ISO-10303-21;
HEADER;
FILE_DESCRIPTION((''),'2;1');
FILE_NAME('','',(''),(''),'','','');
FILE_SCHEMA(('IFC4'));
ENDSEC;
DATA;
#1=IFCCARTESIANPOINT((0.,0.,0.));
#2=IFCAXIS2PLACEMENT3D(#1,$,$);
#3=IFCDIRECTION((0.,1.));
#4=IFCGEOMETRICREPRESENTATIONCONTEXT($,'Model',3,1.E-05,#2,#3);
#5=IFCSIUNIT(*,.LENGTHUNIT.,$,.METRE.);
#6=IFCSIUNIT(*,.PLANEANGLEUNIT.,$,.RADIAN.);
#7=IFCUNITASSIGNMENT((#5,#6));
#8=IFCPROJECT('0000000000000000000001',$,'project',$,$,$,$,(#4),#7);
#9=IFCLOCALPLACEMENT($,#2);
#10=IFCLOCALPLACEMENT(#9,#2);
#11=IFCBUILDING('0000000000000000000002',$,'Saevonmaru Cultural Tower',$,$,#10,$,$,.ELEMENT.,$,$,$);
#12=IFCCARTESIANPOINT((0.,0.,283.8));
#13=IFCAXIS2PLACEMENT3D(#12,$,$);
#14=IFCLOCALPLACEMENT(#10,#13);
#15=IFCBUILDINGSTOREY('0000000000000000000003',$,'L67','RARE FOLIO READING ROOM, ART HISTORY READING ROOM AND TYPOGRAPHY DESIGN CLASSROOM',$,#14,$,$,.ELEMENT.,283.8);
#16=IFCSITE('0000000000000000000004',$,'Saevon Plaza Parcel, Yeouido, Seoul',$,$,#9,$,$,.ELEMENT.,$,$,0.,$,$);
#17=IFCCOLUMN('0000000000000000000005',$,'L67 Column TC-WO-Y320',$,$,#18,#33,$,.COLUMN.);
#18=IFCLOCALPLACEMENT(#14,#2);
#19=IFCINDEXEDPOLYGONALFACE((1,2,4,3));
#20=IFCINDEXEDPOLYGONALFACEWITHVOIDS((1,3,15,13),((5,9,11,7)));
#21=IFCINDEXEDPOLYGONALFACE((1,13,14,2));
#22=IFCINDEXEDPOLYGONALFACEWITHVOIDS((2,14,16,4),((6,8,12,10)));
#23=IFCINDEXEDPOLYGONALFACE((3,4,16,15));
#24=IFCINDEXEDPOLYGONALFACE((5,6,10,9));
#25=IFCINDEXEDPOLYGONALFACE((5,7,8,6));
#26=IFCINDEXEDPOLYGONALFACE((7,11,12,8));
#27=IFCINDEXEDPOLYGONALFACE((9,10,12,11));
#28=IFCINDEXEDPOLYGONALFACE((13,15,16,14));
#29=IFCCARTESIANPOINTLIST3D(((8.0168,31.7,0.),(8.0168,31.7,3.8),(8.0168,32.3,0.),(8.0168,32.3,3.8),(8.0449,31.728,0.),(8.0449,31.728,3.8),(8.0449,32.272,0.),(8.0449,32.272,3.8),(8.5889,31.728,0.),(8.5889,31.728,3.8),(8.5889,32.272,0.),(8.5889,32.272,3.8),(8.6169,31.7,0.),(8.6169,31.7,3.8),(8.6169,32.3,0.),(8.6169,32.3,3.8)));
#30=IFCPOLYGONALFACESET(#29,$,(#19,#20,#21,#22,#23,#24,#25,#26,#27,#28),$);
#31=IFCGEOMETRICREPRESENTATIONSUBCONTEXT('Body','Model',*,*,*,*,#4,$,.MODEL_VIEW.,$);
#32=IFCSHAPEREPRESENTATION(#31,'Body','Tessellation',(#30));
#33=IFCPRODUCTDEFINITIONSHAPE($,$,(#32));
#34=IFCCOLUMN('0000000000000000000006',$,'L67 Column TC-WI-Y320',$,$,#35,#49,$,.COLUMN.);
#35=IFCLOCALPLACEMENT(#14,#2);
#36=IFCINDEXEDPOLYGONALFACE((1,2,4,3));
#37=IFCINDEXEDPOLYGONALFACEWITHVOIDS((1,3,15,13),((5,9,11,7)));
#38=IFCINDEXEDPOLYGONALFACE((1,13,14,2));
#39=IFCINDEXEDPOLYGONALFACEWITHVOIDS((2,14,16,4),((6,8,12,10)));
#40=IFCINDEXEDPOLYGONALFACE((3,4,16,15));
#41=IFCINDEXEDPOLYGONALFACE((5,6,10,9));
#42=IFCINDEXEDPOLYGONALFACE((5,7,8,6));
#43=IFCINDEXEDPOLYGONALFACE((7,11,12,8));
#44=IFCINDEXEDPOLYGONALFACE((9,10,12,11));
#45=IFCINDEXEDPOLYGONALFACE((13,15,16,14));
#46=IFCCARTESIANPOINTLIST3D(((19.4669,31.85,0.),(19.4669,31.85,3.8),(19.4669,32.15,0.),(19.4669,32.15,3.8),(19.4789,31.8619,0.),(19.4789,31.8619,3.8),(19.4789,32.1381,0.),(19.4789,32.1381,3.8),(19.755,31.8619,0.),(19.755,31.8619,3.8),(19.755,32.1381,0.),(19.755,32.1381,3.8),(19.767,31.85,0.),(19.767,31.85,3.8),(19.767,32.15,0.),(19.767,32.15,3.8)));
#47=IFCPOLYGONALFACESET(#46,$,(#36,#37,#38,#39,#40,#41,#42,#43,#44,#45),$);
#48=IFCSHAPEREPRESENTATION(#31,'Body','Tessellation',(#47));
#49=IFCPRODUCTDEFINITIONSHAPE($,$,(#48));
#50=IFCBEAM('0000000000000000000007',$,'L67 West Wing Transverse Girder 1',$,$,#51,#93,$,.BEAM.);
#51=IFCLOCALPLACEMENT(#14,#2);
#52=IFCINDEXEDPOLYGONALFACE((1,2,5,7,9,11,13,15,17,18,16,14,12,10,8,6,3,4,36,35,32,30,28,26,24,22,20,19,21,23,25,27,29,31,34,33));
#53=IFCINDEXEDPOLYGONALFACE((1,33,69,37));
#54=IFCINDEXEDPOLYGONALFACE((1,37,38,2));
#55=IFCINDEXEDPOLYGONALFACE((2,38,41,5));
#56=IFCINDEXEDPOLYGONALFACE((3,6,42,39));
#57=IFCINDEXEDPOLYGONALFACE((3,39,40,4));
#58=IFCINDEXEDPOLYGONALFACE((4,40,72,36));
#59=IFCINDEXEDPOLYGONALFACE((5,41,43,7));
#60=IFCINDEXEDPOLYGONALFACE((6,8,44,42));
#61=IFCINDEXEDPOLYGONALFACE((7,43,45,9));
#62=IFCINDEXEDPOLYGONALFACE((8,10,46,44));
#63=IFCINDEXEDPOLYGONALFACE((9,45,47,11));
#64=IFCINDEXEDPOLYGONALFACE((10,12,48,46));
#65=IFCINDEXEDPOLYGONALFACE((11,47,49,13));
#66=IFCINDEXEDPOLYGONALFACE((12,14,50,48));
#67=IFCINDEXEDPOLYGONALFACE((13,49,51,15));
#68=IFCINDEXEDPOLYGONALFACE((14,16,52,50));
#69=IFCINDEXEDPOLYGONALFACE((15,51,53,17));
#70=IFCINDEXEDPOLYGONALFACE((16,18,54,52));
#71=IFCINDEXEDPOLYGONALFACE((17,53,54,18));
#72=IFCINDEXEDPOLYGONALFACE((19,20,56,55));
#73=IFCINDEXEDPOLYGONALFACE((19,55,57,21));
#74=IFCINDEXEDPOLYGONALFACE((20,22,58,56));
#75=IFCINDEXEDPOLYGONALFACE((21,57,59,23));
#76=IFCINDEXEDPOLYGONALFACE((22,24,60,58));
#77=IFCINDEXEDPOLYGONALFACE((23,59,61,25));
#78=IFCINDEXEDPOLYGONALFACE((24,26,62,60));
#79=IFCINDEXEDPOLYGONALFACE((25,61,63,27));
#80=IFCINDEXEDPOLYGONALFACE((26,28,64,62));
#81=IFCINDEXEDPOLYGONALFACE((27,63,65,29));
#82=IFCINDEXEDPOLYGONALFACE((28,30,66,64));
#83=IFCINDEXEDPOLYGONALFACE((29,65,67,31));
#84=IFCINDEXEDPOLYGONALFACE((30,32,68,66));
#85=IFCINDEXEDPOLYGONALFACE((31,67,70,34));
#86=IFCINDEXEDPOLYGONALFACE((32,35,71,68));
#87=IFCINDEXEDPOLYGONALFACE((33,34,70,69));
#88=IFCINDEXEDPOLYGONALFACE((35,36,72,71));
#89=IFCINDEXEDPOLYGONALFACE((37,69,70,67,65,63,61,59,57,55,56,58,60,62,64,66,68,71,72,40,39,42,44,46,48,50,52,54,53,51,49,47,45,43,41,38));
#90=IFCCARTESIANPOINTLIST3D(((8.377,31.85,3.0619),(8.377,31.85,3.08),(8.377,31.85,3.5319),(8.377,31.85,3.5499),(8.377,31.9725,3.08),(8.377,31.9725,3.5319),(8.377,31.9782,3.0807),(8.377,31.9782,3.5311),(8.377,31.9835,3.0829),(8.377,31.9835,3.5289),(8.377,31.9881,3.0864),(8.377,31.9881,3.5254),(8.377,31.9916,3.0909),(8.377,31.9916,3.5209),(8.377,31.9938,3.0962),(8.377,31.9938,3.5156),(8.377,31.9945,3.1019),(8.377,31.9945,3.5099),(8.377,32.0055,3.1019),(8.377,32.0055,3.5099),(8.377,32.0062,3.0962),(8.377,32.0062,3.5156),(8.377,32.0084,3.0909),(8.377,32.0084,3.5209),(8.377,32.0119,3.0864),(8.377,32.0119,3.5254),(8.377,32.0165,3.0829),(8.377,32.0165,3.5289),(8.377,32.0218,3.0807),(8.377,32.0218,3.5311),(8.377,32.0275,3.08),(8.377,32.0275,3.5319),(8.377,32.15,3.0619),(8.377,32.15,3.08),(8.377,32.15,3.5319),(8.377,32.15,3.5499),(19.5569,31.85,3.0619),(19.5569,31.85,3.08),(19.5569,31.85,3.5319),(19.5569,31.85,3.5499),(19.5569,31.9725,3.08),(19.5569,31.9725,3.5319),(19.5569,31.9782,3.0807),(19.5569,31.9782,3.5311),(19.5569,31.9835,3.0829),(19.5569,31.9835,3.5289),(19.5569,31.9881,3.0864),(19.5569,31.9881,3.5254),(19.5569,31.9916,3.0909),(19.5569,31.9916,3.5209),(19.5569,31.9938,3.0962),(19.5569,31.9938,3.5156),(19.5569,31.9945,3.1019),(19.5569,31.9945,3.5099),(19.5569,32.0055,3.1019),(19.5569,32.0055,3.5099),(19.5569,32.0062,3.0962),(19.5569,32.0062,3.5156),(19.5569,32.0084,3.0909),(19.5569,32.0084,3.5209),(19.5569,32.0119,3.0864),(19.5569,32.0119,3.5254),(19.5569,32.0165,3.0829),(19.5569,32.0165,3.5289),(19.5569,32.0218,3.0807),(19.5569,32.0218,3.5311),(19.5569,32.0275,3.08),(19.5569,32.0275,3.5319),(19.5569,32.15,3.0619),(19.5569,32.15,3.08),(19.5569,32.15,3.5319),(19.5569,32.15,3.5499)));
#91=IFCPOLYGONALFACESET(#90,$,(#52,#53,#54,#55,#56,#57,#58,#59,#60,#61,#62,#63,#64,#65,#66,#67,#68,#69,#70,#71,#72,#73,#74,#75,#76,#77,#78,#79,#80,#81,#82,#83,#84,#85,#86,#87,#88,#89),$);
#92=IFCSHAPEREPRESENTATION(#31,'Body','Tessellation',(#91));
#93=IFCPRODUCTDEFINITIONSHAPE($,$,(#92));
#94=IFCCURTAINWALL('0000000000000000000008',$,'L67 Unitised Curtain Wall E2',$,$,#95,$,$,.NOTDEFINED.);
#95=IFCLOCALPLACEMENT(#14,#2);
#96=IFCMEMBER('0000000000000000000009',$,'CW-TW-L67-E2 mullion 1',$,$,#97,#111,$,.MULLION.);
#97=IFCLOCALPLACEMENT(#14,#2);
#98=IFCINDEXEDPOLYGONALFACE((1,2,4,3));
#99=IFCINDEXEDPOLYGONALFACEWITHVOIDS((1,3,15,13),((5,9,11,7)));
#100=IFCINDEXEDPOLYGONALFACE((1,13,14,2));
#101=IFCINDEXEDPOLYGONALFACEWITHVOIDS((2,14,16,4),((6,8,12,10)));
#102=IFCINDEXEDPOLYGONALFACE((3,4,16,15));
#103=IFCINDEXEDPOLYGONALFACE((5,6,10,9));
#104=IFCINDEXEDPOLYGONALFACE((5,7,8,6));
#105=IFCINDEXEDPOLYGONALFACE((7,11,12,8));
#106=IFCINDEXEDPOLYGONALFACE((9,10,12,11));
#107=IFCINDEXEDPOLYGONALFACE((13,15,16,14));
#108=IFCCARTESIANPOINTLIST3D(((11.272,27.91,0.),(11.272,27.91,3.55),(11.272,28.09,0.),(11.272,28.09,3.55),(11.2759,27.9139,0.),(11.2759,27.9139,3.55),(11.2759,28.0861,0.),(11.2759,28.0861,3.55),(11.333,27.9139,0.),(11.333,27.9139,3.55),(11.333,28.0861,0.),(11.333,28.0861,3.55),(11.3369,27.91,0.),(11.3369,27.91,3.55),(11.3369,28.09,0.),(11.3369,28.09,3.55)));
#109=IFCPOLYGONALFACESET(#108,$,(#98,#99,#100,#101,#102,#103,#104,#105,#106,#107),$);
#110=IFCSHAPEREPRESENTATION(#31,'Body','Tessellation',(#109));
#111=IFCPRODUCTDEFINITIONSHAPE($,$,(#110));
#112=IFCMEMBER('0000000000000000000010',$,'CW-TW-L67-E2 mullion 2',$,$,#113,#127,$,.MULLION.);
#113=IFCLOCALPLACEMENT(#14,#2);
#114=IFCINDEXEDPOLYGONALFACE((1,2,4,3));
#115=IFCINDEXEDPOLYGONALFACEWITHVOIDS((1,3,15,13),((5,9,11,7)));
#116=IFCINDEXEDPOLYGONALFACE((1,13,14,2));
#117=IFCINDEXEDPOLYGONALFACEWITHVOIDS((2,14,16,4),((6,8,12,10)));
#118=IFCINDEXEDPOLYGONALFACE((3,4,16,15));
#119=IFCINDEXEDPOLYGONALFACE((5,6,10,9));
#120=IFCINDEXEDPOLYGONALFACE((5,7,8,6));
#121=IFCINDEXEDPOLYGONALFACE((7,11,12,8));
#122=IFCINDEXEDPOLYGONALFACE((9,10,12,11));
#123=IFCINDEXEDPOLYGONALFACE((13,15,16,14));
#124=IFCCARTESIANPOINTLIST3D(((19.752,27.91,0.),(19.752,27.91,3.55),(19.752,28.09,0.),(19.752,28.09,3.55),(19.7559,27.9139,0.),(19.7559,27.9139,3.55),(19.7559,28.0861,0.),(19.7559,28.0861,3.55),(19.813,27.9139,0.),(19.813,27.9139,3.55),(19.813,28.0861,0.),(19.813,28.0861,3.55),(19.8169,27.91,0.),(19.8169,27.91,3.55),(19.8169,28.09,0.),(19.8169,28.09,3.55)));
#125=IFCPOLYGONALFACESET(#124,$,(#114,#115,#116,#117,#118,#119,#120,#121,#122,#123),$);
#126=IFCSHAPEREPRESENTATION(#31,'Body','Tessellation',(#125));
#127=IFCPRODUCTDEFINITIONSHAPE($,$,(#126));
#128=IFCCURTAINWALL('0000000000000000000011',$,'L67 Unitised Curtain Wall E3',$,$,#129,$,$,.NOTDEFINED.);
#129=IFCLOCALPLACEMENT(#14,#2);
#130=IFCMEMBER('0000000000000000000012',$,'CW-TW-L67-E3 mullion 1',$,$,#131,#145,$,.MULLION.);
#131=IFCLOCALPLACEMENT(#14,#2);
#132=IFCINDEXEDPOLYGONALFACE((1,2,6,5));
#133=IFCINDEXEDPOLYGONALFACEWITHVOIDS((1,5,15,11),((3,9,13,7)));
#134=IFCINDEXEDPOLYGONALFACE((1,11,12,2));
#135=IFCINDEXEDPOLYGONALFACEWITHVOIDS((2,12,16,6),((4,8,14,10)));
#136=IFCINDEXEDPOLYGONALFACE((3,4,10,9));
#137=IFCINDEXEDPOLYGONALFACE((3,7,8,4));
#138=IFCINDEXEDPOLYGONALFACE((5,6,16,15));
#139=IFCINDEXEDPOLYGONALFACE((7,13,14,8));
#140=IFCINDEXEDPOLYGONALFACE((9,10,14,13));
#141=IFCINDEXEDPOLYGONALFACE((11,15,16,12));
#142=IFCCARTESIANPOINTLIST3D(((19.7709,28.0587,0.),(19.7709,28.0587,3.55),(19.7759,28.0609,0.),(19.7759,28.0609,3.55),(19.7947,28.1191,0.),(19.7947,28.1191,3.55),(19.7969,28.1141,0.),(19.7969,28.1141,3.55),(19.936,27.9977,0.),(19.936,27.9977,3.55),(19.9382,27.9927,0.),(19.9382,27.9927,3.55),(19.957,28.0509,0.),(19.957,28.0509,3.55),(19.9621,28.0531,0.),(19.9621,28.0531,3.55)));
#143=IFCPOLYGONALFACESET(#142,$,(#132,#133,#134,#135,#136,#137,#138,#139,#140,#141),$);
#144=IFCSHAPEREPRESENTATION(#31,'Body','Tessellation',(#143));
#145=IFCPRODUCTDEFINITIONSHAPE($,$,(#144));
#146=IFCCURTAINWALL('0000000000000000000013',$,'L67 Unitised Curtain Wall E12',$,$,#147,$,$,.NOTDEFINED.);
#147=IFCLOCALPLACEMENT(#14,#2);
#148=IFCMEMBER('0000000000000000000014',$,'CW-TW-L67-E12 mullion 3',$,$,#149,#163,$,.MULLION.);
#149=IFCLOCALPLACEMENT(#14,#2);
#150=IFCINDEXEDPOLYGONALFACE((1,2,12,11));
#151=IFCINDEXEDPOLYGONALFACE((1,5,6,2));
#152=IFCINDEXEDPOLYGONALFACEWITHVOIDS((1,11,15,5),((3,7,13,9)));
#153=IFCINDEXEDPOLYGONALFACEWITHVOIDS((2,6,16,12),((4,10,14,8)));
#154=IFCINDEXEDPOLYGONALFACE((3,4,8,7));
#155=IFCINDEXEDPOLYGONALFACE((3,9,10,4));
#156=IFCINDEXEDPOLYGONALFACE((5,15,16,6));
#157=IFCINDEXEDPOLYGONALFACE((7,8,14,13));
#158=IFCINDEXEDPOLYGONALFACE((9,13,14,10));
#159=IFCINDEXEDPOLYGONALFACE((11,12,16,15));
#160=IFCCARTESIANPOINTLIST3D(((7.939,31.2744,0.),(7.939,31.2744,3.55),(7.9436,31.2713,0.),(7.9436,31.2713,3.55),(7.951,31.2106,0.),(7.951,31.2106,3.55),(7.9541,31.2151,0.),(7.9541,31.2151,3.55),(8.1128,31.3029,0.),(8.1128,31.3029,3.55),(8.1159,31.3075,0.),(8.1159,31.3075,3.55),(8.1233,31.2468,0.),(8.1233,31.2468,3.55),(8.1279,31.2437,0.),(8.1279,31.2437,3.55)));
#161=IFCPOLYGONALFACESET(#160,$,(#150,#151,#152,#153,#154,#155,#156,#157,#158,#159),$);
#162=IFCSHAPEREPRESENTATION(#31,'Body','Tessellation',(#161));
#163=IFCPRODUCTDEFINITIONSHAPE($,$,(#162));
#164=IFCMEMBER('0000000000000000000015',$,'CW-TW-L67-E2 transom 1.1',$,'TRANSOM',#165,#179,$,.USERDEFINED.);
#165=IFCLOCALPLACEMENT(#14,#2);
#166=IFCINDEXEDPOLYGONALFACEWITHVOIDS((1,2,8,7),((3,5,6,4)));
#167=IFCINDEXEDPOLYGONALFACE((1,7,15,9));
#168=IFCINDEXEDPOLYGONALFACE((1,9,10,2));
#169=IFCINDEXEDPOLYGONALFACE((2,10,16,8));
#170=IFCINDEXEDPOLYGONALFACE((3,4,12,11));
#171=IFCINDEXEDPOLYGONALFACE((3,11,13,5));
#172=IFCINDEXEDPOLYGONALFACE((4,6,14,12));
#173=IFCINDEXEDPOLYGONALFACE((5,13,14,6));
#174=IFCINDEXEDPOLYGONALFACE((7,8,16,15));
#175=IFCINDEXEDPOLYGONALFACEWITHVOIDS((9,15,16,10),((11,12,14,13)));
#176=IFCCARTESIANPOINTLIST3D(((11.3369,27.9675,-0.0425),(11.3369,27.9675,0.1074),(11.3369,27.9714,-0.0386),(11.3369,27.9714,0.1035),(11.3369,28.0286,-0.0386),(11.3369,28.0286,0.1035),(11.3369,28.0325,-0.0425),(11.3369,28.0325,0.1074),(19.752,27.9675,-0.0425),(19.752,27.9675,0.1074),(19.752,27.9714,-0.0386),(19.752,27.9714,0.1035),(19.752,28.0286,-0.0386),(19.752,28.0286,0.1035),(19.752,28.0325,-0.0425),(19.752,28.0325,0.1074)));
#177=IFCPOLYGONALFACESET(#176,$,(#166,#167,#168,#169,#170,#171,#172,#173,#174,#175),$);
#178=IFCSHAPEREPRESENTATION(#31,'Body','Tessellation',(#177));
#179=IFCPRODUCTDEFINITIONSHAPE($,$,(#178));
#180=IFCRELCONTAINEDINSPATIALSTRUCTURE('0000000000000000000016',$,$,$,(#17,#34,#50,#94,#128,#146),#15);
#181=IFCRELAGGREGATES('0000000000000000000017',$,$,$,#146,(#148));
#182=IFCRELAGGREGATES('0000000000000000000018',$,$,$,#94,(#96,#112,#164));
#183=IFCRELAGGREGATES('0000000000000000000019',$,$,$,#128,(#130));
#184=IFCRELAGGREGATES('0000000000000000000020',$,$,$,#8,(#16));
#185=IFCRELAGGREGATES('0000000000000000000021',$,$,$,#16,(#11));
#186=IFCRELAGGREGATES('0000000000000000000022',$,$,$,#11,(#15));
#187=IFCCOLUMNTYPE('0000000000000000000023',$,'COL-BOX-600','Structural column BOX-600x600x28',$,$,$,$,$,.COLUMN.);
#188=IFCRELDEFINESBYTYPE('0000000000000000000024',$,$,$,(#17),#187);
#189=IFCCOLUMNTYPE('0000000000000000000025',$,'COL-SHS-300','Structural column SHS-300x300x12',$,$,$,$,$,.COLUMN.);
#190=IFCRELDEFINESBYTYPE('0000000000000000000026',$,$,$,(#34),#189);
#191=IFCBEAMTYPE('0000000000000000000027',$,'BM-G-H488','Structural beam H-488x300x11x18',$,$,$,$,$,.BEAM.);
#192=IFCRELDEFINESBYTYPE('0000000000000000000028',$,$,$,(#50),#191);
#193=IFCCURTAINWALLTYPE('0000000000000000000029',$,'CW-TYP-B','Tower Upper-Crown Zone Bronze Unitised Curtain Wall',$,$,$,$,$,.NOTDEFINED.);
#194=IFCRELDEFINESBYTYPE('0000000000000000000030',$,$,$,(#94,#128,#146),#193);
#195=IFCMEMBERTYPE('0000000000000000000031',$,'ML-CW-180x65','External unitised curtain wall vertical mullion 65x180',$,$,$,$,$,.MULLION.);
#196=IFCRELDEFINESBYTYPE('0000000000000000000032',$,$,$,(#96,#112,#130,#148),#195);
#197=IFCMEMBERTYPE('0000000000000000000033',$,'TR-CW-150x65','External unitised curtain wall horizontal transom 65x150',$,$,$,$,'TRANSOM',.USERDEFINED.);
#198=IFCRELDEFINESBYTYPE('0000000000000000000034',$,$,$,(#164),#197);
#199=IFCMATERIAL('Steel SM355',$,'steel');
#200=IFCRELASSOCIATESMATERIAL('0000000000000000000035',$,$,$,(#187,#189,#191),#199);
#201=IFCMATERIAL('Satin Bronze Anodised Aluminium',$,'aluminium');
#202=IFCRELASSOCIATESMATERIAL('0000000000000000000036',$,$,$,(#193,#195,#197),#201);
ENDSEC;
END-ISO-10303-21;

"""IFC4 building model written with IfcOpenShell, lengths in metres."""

from ifc_helpers import new_model, si_unit, direction, frame, origin, origin_2d, place, context, subcontext, project, spatial, hollow_rectangle, i_section, extrude, material, material_profile, profile_set, type_object, element, aggregate, save


model = new_model("IFC4")

# Units and contexts
model_context = context("Model", 3, precision=1e-05, world=origin(), true_north=direction((0.0, 1.0)))
body_context = subcontext(model_context, "Body", "Model", "MODEL_VIEW")
ifc_project = project(units=[si_unit("LENGTHUNIT", "METRE"), si_unit("PLANEANGLEUNIT", "RADIAN")], contexts=[model_context])

# Site, building, storey
site_placement = place(None, origin())
site = spatial("IfcSite", under=ifc_project, at=site_placement, Name="Saevon Plaza Parcel, Yeouido, Seoul", CompositionType="ELEMENT", RefElevation=0.0)
building_placement = place(site_placement, origin())
building = spatial("IfcBuilding", under=site, at=building_placement, Name="Saevonmaru Cultural Tower", CompositionType="ELEMENT")
storey_placement = place(building_placement, frame((0.0, 0.0, 283.8)))
storey = spatial("IfcBuildingStorey", under=building, at=storey_placement, Name="L67", Description="RARE FOLIO READING ROOM, ART HISTORY READING ROOM AND TYPOGRAPHY DESIGN CLASSROOM", CompositionType="ELEMENT", Elevation=283.8)

# Columns
ifc_material_1 = material(Name="Steel SM355", Category="steel")
ifc_material_profile_1 = material_profile(ifc_material_1, hollow_rectangle(XDim=0.6001, YDim=0.6001, WallThickness=0.0281, at=origin_2d()), Name="BOX-600x600x28")
ifc_profile_set_1 = profile_set([ifc_material_profile_1], Name="Steel SM355")
column_type_1 = type_object("IfcColumnType", Name="COL-BOX-600", Description="Structural column BOX-600x600x28", PredefinedType="COLUMN", material=ifc_profile_set_1)
column_1_placement = place(storey_placement, frame((8.3169, 32.0, 0.0), z_axis=(0.0, 0.0, 1.0), x_axis=(1.0, 0.0, 0.0)))
element("IfcColumn", 1, at=column_1_placement, inside=storey, type_object=column_type_1, Name="L67 Column TC-WO-Y320", PredefinedType="COLUMN", context=body_context, shape_type="SweptSolid", body=[
    extrude(hollow_rectangle(XDim=0.6001, YDim=0.6001, WallThickness=0.0281, at=origin_2d()), origin(), (0.0, 0.0, 1.0), 3.8),
])
ifc_material_profile_2 = material_profile(ifc_material_1, hollow_rectangle(XDim=0.3, YDim=0.3, WallThickness=0.012, at=origin_2d()), Name="SHS-300x300x12")
ifc_profile_set_2 = profile_set([ifc_material_profile_2], Name="Steel SM355")
column_type_2 = type_object("IfcColumnType", Name="COL-SHS-300", Description="Structural column SHS-300x300x12", PredefinedType="COLUMN", material=ifc_profile_set_2)
column_2_placement = place(storey_placement, frame((19.6169, 32.0, 0.0), z_axis=(0.0, 0.0, 1.0), x_axis=(1.0, 0.0, 0.0)))
element("IfcColumn", 2, at=column_2_placement, inside=storey, type_object=column_type_2, Name="L67 Column TC-WI-Y320", PredefinedType="COLUMN", context=body_context, shape_type="SweptSolid", body=[
    extrude(hollow_rectangle(XDim=0.3, YDim=0.3, WallThickness=0.012, at=origin_2d()), origin(), (0.0, 0.0, 1.0), 3.8),
])

# Beam
ifc_material_profile_3 = material_profile(ifc_material_1, i_section(OverallWidth=0.3, OverallDepth=0.488, WebThickness=0.011, FlangeThickness=0.0181, FilletRadius=0.022, at=origin_2d()), Name="H-488x300x11x18")
ifc_profile_set_3 = profile_set([ifc_material_profile_3], Name="Steel SM355")
beam_type = type_object("IfcBeamType", Name="BM-G-H488", Description="Structural beam H-488x300x11x18", PredefinedType="BEAM", material=ifc_profile_set_3)
beam_placement = place(storey_placement, frame((8.377, 32.0, 3.3059), z_axis=(1.0, 0.0, 0.0), x_axis=(0.0, 1.0, 0.0)))
element("IfcBeam", 3, at=beam_placement, inside=storey, type_object=beam_type, Name="L67 West Wing Transverse Girder 1", PredefinedType="BEAM", context=body_context, shape_type="SweptSolid", body=[
    extrude(i_section(OverallWidth=0.3, OverallDepth=0.488, WebThickness=0.011, FlangeThickness=0.0181, FilletRadius=0.022, at=origin_2d()), origin(), (0.0, 0.0, 1.0), 11.1799),
])

# Curtain wall, members
ifc_material_2 = material(Name="Satin Bronze Anodised Aluminium", Category="aluminium")
curtain_wall_type = type_object("IfcCurtainWallType", Name="CW-TYP-B", Description="Tower Upper-Crown Zone Bronze Unitised Curtain Wall", PredefinedType="NOTDEFINED", material=ifc_material_2)
curtain_wall_1_placement = place(storey_placement, origin())
curtain_wall_1 = element("IfcCurtainWall", 4, at=curtain_wall_1_placement, inside=storey, type_object=curtain_wall_type, Name="L67 Unitised Curtain Wall E2", PredefinedType="NOTDEFINED")
ifc_material_profile_4 = material_profile(ifc_material_2, hollow_rectangle(XDim=0.0649, YDim=0.1799, WallThickness=0.0039, at=origin_2d()), Name="ALU-MULL-180x65x4")
ifc_profile_set_4 = profile_set([ifc_material_profile_4], Name="Satin Bronze Anodised Aluminium")
member_type_1 = type_object("IfcMemberType", Name="ML-CW-180x65", Description="External unitised curtain wall vertical mullion 65x180", PredefinedType="MULLION", material=ifc_profile_set_4)
member_1_placement = place(storey_placement, frame((11.3044, 28.0, 0.0), z_axis=(0.0, 0.0, 1.0), x_axis=(1.0, 0.0, 0.0)))
member_1 = element("IfcMember", 5, at=member_1_placement, type_object=member_type_1, Name="CW-TW-L67-E2 mullion 1", PredefinedType="MULLION", context=body_context, shape_type="SweptSolid", body=[
    extrude(hollow_rectangle(XDim=0.0649, YDim=0.1799, WallThickness=0.0039, at=origin_2d()), origin(), (0.0, 0.0, 1.0), 3.55),
])
member_2_placement = place(storey_placement, frame((19.7844, 28.0, 0.0), z_axis=(0.0, 0.0, 1.0), x_axis=(1.0, 0.0, 0.0)))
member_2 = element("IfcMember", 6, at=member_2_placement, type_object=member_type_1, Name="CW-TW-L67-E2 mullion 2", PredefinedType="MULLION", context=body_context, shape_type="SweptSolid", body=[
    extrude(hollow_rectangle(XDim=0.0649, YDim=0.1799, WallThickness=0.0039, at=origin_2d()), origin(), (0.0, 0.0, 1.0), 3.55),
])

# Curtain walls, members
curtain_wall_2_placement = place(storey_placement, origin())
curtain_wall_2 = element("IfcCurtainWall", 7, at=curtain_wall_2_placement, inside=storey, type_object=curtain_wall_type, Name="L67 Unitised Curtain Wall E3", PredefinedType="NOTDEFINED")
member_3_placement = place(storey_placement, frame((19.8665, 28.0559, 0.0), z_axis=(0.0, 0.0, 1.0), x_axis=(0.367172, 0.930153, 0.0)))
member_3 = element("IfcMember", 8, at=member_3_placement, type_object=member_type_1, Name="CW-TW-L67-E3 mullion 1", PredefinedType="MULLION", context=body_context, shape_type="SweptSolid", body=[
    extrude(hollow_rectangle(XDim=0.0649, YDim=0.1799, WallThickness=0.0039, at=origin_2d()), origin(), (0.0, 0.0, 1.0), 3.55),
])
curtain_wall_3_placement = place(storey_placement, origin())
curtain_wall_3 = element("IfcCurtainWall", 9, at=curtain_wall_3_placement, inside=storey, type_object=curtain_wall_type, Name="L67 Unitised Curtain Wall E12", PredefinedType="NOTDEFINED")
member_4_placement = place(storey_placement, frame((8.0334, 31.259, 0.0), z_axis=(0.0, 0.0, 1.0), x_axis=(0.184047, -0.982918, 0.0)))
member_4 = element("IfcMember", 10, at=member_4_placement, type_object=member_type_1, Name="CW-TW-L67-E12 mullion 3", PredefinedType="MULLION", context=body_context, shape_type="SweptSolid", body=[
    extrude(hollow_rectangle(XDim=0.0649, YDim=0.1799, WallThickness=0.0039, at=origin_2d()), origin(), (0.0, 0.0, 1.0), 3.55),
])
aggregate(curtain_wall_3, [member_4])

# Member
ifc_material_profile_5 = material_profile(ifc_material_2, hollow_rectangle(XDim=0.0649, YDim=0.1499, WallThickness=0.0039, at=origin_2d()), Name="ALU-TRAN-150x65x4")
ifc_profile_set_5 = profile_set([ifc_material_profile_5], Name="Satin Bronze Anodised Aluminium")
member_type_2 = type_object("IfcMemberType", Name="TR-CW-150x65", Description="External unitised curtain wall horizontal transom 65x150", ElementType="TRANSOM", PredefinedType="USERDEFINED", material=ifc_profile_set_5)
member_5_placement = place(storey_placement, frame((11.3369, 28.0, 0.0325), z_axis=(1.0, 0.0, 0.0), x_axis=(0.0, 1.0, 0.0)))
member_5 = element("IfcMember", 11, at=member_5_placement, type_object=member_type_2, Name="CW-TW-L67-E2 transom 1.1", ObjectType="TRANSOM", PredefinedType="USERDEFINED", context=body_context, shape_type="SweptSolid", body=[
    extrude(hollow_rectangle(XDim=0.0649, YDim=0.1499, WallThickness=0.0039, at=origin_2d()), origin(), (0.0, 0.0, 1.0), 8.415),
])

aggregate(curtain_wall_1, [member_1, member_2, member_5])
aggregate(curtain_wall_2, [member_3])

save(model, "model.ifc")
